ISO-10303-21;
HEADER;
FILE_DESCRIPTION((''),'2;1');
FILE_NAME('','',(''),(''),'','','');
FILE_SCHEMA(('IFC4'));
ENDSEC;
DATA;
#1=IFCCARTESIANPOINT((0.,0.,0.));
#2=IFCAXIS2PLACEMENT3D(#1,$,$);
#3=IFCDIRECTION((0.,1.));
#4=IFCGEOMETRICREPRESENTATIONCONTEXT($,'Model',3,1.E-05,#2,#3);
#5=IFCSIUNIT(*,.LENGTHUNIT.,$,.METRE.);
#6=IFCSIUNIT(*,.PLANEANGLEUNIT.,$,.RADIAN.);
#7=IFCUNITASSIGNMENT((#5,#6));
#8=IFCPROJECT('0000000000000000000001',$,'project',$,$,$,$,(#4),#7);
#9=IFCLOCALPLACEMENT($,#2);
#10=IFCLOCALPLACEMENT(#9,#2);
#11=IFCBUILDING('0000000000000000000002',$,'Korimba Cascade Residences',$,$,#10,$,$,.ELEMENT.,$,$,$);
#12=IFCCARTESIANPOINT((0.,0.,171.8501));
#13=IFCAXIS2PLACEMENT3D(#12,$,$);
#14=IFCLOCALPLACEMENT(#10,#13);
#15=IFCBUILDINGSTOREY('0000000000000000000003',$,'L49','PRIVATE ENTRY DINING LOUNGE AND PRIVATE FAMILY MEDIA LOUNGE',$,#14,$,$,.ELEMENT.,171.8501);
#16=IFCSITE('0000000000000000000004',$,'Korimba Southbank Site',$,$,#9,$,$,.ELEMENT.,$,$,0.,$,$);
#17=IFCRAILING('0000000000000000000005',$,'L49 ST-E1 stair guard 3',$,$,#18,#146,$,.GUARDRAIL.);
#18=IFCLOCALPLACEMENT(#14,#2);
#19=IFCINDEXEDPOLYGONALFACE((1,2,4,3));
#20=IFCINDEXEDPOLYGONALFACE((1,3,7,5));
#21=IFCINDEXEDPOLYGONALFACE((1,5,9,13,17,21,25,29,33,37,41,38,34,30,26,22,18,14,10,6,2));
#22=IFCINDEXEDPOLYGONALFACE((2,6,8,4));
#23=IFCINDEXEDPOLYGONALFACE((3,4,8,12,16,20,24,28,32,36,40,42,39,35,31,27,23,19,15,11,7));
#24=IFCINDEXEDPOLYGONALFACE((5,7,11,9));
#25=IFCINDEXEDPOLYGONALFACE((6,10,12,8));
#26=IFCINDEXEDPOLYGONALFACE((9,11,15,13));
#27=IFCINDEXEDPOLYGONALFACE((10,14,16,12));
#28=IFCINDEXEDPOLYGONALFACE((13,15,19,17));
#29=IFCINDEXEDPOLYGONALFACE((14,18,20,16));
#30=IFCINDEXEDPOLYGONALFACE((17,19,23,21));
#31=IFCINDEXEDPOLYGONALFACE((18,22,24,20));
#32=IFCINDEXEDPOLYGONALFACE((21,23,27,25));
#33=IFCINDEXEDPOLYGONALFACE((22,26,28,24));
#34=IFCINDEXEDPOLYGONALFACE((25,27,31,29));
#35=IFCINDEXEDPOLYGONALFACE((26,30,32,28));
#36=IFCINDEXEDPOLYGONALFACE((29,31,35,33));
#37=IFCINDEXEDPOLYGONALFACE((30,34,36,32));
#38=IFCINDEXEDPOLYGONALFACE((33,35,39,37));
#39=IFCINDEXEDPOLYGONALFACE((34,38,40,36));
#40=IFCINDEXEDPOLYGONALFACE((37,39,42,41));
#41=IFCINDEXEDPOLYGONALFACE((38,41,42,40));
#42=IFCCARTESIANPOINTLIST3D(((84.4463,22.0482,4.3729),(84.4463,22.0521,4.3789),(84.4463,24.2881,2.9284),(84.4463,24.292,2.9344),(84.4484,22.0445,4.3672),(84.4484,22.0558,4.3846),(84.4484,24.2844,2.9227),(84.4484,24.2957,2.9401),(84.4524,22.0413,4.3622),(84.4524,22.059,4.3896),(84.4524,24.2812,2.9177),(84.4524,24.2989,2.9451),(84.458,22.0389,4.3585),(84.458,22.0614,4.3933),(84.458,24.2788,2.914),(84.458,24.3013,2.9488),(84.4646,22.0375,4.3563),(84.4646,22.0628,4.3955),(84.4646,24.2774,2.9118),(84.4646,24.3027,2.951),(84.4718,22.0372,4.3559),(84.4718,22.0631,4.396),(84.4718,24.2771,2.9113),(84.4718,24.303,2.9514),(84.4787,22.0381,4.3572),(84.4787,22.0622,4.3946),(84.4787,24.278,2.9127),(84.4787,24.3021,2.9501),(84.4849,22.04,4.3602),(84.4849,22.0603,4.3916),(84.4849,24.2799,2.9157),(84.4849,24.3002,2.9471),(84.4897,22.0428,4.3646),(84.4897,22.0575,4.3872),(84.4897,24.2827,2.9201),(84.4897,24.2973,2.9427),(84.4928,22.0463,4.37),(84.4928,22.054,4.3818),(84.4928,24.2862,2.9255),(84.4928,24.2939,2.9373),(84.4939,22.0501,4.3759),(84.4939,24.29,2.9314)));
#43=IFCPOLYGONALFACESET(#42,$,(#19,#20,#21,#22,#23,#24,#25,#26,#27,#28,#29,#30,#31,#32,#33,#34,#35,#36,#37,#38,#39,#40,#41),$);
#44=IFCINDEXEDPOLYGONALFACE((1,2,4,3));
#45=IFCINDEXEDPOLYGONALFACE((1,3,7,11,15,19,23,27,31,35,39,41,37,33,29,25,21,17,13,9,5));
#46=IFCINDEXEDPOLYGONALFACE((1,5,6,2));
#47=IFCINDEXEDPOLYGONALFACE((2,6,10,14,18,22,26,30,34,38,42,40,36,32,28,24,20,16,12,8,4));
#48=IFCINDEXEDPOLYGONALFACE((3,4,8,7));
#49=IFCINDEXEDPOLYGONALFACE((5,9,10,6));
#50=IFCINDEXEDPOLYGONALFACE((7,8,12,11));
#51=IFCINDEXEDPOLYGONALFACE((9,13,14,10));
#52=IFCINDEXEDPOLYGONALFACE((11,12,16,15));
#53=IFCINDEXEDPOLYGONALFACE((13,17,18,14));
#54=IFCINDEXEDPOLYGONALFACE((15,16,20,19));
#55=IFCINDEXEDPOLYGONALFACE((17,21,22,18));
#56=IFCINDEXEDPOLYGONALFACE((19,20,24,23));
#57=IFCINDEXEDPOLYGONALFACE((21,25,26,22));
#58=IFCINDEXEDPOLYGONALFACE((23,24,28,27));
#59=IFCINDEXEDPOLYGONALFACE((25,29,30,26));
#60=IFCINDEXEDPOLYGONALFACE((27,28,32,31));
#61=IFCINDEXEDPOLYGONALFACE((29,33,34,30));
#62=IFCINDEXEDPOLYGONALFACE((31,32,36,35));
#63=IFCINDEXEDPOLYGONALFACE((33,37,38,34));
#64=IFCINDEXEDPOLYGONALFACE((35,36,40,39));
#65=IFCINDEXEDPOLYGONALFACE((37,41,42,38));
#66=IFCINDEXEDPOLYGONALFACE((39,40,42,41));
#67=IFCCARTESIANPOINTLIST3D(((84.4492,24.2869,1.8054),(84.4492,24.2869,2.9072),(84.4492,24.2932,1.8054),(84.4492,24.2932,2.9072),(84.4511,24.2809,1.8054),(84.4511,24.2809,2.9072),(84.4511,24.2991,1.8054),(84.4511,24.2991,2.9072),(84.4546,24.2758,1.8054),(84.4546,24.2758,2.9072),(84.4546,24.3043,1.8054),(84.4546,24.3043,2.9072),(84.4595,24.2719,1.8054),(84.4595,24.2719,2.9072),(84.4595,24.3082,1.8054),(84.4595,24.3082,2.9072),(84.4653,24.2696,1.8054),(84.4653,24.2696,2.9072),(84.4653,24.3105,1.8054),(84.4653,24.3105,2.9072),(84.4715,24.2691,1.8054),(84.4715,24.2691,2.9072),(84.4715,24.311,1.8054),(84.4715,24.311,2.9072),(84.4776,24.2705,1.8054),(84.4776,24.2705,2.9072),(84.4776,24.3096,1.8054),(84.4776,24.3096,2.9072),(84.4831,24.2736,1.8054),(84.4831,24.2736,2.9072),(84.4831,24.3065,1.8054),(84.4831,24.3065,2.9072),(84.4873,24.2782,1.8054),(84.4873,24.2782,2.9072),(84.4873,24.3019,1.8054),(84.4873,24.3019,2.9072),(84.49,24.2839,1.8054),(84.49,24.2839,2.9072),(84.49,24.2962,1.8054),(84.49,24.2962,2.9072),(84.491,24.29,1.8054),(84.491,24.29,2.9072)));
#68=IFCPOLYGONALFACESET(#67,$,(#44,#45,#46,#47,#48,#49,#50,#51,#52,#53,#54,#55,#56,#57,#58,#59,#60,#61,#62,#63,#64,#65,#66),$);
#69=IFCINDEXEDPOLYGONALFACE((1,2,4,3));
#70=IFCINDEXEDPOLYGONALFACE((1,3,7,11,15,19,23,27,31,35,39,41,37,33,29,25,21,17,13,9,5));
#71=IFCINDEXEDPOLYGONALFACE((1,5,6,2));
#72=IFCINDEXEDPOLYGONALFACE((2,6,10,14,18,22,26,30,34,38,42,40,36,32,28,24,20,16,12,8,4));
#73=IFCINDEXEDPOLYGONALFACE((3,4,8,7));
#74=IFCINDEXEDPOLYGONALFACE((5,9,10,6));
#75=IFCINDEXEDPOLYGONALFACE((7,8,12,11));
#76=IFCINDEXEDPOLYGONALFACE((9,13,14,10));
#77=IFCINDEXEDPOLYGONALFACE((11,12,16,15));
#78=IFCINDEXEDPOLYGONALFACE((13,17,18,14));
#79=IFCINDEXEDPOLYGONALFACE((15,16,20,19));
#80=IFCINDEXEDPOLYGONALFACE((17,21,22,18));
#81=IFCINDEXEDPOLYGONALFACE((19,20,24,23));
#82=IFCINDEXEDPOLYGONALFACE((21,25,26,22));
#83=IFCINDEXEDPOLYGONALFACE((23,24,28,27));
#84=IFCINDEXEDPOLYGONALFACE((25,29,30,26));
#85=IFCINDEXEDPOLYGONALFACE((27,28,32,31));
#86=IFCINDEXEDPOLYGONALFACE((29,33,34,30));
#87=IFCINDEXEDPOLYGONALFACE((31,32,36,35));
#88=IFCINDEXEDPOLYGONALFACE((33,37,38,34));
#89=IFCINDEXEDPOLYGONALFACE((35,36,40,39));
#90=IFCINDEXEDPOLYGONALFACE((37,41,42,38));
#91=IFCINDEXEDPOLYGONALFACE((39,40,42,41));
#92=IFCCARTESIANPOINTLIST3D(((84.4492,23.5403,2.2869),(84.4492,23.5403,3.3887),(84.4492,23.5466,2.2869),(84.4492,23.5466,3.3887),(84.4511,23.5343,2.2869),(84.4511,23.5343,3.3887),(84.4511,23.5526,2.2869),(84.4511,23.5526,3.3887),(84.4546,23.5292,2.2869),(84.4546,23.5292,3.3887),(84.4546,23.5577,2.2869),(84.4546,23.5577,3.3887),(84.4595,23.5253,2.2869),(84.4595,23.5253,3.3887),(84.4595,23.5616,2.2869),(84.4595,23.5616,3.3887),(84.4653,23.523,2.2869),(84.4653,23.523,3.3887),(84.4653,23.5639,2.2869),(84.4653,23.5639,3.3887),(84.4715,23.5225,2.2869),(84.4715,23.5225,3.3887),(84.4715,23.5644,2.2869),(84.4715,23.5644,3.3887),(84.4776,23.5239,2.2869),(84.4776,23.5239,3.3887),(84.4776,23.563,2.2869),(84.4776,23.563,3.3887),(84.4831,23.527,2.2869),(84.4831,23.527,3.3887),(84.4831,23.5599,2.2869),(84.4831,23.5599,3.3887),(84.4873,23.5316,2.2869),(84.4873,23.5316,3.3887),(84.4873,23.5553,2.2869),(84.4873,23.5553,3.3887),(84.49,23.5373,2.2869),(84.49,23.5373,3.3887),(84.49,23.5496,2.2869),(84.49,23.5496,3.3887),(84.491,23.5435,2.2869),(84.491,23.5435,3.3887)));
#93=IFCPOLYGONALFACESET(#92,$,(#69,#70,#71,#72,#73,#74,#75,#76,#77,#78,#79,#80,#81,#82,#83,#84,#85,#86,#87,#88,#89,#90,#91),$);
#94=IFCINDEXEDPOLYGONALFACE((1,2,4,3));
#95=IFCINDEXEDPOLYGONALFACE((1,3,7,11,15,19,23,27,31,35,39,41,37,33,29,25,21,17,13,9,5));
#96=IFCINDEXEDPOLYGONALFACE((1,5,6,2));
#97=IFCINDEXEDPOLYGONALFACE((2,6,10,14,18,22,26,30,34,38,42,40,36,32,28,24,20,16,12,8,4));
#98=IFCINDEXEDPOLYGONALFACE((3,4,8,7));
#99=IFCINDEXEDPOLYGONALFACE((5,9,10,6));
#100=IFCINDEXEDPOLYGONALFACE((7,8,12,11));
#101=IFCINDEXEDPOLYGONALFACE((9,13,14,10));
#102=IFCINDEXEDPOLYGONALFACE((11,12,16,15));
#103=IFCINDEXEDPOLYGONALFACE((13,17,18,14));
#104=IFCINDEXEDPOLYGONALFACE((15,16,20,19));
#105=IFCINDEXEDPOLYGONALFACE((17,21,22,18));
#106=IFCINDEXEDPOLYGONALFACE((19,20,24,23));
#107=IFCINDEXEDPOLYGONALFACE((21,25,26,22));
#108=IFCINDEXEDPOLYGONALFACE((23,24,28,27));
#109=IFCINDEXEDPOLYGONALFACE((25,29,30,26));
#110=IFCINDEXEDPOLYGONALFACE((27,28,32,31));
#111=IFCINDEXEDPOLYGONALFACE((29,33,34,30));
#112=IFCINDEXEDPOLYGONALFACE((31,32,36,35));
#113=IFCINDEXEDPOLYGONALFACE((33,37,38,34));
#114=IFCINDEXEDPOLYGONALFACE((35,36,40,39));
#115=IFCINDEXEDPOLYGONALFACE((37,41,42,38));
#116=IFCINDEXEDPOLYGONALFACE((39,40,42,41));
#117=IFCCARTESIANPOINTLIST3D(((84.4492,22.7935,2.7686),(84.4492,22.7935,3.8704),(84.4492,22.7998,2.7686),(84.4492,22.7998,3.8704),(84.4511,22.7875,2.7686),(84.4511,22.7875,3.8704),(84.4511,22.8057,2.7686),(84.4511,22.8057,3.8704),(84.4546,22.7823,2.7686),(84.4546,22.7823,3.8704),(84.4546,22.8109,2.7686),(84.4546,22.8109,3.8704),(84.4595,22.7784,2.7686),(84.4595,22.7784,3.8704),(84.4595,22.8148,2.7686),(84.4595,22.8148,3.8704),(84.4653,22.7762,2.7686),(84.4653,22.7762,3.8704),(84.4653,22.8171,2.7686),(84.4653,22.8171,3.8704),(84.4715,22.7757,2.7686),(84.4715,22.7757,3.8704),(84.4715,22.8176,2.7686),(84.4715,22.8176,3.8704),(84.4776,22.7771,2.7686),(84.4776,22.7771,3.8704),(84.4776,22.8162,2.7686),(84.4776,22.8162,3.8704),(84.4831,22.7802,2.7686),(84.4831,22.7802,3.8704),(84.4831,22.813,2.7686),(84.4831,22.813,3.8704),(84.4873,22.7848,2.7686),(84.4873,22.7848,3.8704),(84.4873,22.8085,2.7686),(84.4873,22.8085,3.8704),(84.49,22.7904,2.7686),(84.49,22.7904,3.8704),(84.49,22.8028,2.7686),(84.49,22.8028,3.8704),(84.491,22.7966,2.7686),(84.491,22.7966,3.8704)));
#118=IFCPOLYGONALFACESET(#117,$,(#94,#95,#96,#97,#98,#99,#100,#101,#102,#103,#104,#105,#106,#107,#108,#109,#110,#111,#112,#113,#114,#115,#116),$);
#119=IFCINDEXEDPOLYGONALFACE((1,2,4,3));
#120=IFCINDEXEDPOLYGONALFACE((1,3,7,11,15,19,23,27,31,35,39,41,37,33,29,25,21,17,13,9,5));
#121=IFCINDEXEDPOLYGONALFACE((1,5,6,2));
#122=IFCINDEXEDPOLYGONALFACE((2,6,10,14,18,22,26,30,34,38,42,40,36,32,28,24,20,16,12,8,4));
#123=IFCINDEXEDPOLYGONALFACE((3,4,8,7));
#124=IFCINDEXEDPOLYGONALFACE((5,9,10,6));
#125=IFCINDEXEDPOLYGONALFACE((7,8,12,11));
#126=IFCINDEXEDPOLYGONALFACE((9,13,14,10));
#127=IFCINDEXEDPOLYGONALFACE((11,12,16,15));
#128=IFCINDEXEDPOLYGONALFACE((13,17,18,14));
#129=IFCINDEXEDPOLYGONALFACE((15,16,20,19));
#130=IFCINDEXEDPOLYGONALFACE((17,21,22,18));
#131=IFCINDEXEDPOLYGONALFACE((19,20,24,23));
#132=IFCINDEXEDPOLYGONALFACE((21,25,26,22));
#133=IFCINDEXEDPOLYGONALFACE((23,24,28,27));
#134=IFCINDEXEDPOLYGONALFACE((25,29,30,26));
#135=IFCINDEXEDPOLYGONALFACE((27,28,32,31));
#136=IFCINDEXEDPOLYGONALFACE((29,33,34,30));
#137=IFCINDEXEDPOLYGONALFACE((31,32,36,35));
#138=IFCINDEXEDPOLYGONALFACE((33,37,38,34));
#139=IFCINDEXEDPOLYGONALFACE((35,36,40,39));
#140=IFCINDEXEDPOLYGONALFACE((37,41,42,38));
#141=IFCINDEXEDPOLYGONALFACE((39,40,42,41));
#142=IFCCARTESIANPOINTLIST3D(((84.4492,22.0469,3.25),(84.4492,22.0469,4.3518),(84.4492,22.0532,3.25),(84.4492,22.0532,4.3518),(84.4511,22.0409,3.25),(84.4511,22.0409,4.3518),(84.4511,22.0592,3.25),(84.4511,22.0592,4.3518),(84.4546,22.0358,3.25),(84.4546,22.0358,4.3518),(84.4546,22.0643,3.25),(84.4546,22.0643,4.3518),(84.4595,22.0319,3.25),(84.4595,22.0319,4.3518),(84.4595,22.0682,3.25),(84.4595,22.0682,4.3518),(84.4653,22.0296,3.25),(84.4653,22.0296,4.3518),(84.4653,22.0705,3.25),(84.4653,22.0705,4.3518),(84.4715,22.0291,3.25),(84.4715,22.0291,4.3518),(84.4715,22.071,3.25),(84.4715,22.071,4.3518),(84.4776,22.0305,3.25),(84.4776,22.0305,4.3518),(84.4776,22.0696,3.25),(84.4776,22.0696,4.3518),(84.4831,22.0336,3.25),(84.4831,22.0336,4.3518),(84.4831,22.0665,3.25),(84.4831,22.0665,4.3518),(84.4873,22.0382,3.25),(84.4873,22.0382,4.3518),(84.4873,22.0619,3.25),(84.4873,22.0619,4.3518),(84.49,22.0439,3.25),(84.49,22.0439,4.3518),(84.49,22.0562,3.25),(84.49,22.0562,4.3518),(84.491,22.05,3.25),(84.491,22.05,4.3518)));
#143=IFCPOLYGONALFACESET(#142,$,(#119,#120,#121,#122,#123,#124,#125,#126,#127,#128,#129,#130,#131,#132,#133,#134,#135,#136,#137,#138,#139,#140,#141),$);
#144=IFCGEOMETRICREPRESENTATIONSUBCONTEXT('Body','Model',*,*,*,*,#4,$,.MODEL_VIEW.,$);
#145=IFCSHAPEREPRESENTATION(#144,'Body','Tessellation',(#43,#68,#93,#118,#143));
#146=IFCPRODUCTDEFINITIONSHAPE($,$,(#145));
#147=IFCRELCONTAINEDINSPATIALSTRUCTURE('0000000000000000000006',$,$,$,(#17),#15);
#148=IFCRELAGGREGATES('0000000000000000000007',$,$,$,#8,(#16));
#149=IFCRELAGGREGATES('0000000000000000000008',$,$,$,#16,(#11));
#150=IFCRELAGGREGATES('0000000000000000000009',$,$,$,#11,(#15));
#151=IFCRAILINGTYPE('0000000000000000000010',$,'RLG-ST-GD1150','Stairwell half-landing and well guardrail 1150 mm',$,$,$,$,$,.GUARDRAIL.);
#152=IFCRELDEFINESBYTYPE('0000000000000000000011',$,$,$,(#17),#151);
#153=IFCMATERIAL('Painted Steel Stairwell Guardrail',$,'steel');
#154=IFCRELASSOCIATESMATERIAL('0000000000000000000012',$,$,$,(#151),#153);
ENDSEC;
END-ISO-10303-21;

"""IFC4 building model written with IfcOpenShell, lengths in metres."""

from ifc_helpers import new_model, si_unit, direction, frame, origin, origin_2d, place, context, subcontext, project, spatial, circle, extrude, material, type_object, element, save


model = new_model("IFC4")

# Units and contexts
model_context = context("Model", 3, precision=1e-05, world=origin(), true_north=direction((0.0, 1.0)))
body_context = subcontext(model_context, "Body", "Model", "MODEL_VIEW")
ifc_project = project(units=[si_unit("LENGTHUNIT", "METRE"), si_unit("PLANEANGLEUNIT", "RADIAN")], contexts=[model_context])

# Site, building, storey
site_placement = place(None, origin())
site = spatial("IfcSite", under=ifc_project, at=site_placement, Name="Korimba Southbank Site", CompositionType="ELEMENT", RefElevation=0.0)
building_placement = place(site_placement, origin())
building = spatial("IfcBuilding", under=site, at=building_placement, Name="Korimba Cascade Residences", CompositionType="ELEMENT")
storey_placement = place(building_placement, frame((0.0, 0.0, 171.8501)))
storey = spatial("IfcBuildingStorey", under=building, at=storey_placement, Name="L49", Description="PRIVATE ENTRY DINING LOUNGE AND PRIVATE FAMILY MEDIA LOUNGE", CompositionType="ELEMENT", Elevation=171.8501)

# Railing
ifc_material_1 = material(Name="Painted Steel Stairwell Guardrail", Category="steel")
railing_type_1 = type_object("IfcRailingType", Name="RLG-ST-GD1150", Description="Stairwell half-landing and well guardrail 1150 mm", PredefinedType="GUARDRAIL", material=ifc_material_1)
railing_1_placement = place(storey_placement, frame((84.47, 24.29, 1.8054)))
element("IfcRailing", 1, at=railing_1_placement, inside=storey, type_object=railing_type_1, Name="L49 ST-E1 stair guard 3", PredefinedType="GUARDRAIL", context=body_context, shape_type="SweptSolid", body=[
    extrude(circle(Radius=0.0239, at=origin_2d()), frame((0.0, 0.0, 1.126), z_axis=(0.0, -0.840395, 0.541975), x_axis=(1.0, 0.0, 0.0)), (0.0, 0.0, 1.0), 2.6653),
    extrude(circle(Radius=0.021, at=origin_2d()), origin(), (0.0, 0.0, 1.0), 1.1018),
    extrude(circle(Radius=0.021, at=origin_2d()), frame((0.0, -0.7466, 0.4814)), (0.0, 0.0, 1.0), 1.1018),
    extrude(circle(Radius=0.021, at=origin_2d()), frame((0.0, -1.4934, 0.9631)), (0.0, 0.0, 1.0), 1.1018),
    extrude(circle(Radius=0.021, at=origin_2d()), frame((0.0, -2.24, 1.4446)), (0.0, 0.0, 1.0), 1.1018),
])

save(model, "model.ifc")
